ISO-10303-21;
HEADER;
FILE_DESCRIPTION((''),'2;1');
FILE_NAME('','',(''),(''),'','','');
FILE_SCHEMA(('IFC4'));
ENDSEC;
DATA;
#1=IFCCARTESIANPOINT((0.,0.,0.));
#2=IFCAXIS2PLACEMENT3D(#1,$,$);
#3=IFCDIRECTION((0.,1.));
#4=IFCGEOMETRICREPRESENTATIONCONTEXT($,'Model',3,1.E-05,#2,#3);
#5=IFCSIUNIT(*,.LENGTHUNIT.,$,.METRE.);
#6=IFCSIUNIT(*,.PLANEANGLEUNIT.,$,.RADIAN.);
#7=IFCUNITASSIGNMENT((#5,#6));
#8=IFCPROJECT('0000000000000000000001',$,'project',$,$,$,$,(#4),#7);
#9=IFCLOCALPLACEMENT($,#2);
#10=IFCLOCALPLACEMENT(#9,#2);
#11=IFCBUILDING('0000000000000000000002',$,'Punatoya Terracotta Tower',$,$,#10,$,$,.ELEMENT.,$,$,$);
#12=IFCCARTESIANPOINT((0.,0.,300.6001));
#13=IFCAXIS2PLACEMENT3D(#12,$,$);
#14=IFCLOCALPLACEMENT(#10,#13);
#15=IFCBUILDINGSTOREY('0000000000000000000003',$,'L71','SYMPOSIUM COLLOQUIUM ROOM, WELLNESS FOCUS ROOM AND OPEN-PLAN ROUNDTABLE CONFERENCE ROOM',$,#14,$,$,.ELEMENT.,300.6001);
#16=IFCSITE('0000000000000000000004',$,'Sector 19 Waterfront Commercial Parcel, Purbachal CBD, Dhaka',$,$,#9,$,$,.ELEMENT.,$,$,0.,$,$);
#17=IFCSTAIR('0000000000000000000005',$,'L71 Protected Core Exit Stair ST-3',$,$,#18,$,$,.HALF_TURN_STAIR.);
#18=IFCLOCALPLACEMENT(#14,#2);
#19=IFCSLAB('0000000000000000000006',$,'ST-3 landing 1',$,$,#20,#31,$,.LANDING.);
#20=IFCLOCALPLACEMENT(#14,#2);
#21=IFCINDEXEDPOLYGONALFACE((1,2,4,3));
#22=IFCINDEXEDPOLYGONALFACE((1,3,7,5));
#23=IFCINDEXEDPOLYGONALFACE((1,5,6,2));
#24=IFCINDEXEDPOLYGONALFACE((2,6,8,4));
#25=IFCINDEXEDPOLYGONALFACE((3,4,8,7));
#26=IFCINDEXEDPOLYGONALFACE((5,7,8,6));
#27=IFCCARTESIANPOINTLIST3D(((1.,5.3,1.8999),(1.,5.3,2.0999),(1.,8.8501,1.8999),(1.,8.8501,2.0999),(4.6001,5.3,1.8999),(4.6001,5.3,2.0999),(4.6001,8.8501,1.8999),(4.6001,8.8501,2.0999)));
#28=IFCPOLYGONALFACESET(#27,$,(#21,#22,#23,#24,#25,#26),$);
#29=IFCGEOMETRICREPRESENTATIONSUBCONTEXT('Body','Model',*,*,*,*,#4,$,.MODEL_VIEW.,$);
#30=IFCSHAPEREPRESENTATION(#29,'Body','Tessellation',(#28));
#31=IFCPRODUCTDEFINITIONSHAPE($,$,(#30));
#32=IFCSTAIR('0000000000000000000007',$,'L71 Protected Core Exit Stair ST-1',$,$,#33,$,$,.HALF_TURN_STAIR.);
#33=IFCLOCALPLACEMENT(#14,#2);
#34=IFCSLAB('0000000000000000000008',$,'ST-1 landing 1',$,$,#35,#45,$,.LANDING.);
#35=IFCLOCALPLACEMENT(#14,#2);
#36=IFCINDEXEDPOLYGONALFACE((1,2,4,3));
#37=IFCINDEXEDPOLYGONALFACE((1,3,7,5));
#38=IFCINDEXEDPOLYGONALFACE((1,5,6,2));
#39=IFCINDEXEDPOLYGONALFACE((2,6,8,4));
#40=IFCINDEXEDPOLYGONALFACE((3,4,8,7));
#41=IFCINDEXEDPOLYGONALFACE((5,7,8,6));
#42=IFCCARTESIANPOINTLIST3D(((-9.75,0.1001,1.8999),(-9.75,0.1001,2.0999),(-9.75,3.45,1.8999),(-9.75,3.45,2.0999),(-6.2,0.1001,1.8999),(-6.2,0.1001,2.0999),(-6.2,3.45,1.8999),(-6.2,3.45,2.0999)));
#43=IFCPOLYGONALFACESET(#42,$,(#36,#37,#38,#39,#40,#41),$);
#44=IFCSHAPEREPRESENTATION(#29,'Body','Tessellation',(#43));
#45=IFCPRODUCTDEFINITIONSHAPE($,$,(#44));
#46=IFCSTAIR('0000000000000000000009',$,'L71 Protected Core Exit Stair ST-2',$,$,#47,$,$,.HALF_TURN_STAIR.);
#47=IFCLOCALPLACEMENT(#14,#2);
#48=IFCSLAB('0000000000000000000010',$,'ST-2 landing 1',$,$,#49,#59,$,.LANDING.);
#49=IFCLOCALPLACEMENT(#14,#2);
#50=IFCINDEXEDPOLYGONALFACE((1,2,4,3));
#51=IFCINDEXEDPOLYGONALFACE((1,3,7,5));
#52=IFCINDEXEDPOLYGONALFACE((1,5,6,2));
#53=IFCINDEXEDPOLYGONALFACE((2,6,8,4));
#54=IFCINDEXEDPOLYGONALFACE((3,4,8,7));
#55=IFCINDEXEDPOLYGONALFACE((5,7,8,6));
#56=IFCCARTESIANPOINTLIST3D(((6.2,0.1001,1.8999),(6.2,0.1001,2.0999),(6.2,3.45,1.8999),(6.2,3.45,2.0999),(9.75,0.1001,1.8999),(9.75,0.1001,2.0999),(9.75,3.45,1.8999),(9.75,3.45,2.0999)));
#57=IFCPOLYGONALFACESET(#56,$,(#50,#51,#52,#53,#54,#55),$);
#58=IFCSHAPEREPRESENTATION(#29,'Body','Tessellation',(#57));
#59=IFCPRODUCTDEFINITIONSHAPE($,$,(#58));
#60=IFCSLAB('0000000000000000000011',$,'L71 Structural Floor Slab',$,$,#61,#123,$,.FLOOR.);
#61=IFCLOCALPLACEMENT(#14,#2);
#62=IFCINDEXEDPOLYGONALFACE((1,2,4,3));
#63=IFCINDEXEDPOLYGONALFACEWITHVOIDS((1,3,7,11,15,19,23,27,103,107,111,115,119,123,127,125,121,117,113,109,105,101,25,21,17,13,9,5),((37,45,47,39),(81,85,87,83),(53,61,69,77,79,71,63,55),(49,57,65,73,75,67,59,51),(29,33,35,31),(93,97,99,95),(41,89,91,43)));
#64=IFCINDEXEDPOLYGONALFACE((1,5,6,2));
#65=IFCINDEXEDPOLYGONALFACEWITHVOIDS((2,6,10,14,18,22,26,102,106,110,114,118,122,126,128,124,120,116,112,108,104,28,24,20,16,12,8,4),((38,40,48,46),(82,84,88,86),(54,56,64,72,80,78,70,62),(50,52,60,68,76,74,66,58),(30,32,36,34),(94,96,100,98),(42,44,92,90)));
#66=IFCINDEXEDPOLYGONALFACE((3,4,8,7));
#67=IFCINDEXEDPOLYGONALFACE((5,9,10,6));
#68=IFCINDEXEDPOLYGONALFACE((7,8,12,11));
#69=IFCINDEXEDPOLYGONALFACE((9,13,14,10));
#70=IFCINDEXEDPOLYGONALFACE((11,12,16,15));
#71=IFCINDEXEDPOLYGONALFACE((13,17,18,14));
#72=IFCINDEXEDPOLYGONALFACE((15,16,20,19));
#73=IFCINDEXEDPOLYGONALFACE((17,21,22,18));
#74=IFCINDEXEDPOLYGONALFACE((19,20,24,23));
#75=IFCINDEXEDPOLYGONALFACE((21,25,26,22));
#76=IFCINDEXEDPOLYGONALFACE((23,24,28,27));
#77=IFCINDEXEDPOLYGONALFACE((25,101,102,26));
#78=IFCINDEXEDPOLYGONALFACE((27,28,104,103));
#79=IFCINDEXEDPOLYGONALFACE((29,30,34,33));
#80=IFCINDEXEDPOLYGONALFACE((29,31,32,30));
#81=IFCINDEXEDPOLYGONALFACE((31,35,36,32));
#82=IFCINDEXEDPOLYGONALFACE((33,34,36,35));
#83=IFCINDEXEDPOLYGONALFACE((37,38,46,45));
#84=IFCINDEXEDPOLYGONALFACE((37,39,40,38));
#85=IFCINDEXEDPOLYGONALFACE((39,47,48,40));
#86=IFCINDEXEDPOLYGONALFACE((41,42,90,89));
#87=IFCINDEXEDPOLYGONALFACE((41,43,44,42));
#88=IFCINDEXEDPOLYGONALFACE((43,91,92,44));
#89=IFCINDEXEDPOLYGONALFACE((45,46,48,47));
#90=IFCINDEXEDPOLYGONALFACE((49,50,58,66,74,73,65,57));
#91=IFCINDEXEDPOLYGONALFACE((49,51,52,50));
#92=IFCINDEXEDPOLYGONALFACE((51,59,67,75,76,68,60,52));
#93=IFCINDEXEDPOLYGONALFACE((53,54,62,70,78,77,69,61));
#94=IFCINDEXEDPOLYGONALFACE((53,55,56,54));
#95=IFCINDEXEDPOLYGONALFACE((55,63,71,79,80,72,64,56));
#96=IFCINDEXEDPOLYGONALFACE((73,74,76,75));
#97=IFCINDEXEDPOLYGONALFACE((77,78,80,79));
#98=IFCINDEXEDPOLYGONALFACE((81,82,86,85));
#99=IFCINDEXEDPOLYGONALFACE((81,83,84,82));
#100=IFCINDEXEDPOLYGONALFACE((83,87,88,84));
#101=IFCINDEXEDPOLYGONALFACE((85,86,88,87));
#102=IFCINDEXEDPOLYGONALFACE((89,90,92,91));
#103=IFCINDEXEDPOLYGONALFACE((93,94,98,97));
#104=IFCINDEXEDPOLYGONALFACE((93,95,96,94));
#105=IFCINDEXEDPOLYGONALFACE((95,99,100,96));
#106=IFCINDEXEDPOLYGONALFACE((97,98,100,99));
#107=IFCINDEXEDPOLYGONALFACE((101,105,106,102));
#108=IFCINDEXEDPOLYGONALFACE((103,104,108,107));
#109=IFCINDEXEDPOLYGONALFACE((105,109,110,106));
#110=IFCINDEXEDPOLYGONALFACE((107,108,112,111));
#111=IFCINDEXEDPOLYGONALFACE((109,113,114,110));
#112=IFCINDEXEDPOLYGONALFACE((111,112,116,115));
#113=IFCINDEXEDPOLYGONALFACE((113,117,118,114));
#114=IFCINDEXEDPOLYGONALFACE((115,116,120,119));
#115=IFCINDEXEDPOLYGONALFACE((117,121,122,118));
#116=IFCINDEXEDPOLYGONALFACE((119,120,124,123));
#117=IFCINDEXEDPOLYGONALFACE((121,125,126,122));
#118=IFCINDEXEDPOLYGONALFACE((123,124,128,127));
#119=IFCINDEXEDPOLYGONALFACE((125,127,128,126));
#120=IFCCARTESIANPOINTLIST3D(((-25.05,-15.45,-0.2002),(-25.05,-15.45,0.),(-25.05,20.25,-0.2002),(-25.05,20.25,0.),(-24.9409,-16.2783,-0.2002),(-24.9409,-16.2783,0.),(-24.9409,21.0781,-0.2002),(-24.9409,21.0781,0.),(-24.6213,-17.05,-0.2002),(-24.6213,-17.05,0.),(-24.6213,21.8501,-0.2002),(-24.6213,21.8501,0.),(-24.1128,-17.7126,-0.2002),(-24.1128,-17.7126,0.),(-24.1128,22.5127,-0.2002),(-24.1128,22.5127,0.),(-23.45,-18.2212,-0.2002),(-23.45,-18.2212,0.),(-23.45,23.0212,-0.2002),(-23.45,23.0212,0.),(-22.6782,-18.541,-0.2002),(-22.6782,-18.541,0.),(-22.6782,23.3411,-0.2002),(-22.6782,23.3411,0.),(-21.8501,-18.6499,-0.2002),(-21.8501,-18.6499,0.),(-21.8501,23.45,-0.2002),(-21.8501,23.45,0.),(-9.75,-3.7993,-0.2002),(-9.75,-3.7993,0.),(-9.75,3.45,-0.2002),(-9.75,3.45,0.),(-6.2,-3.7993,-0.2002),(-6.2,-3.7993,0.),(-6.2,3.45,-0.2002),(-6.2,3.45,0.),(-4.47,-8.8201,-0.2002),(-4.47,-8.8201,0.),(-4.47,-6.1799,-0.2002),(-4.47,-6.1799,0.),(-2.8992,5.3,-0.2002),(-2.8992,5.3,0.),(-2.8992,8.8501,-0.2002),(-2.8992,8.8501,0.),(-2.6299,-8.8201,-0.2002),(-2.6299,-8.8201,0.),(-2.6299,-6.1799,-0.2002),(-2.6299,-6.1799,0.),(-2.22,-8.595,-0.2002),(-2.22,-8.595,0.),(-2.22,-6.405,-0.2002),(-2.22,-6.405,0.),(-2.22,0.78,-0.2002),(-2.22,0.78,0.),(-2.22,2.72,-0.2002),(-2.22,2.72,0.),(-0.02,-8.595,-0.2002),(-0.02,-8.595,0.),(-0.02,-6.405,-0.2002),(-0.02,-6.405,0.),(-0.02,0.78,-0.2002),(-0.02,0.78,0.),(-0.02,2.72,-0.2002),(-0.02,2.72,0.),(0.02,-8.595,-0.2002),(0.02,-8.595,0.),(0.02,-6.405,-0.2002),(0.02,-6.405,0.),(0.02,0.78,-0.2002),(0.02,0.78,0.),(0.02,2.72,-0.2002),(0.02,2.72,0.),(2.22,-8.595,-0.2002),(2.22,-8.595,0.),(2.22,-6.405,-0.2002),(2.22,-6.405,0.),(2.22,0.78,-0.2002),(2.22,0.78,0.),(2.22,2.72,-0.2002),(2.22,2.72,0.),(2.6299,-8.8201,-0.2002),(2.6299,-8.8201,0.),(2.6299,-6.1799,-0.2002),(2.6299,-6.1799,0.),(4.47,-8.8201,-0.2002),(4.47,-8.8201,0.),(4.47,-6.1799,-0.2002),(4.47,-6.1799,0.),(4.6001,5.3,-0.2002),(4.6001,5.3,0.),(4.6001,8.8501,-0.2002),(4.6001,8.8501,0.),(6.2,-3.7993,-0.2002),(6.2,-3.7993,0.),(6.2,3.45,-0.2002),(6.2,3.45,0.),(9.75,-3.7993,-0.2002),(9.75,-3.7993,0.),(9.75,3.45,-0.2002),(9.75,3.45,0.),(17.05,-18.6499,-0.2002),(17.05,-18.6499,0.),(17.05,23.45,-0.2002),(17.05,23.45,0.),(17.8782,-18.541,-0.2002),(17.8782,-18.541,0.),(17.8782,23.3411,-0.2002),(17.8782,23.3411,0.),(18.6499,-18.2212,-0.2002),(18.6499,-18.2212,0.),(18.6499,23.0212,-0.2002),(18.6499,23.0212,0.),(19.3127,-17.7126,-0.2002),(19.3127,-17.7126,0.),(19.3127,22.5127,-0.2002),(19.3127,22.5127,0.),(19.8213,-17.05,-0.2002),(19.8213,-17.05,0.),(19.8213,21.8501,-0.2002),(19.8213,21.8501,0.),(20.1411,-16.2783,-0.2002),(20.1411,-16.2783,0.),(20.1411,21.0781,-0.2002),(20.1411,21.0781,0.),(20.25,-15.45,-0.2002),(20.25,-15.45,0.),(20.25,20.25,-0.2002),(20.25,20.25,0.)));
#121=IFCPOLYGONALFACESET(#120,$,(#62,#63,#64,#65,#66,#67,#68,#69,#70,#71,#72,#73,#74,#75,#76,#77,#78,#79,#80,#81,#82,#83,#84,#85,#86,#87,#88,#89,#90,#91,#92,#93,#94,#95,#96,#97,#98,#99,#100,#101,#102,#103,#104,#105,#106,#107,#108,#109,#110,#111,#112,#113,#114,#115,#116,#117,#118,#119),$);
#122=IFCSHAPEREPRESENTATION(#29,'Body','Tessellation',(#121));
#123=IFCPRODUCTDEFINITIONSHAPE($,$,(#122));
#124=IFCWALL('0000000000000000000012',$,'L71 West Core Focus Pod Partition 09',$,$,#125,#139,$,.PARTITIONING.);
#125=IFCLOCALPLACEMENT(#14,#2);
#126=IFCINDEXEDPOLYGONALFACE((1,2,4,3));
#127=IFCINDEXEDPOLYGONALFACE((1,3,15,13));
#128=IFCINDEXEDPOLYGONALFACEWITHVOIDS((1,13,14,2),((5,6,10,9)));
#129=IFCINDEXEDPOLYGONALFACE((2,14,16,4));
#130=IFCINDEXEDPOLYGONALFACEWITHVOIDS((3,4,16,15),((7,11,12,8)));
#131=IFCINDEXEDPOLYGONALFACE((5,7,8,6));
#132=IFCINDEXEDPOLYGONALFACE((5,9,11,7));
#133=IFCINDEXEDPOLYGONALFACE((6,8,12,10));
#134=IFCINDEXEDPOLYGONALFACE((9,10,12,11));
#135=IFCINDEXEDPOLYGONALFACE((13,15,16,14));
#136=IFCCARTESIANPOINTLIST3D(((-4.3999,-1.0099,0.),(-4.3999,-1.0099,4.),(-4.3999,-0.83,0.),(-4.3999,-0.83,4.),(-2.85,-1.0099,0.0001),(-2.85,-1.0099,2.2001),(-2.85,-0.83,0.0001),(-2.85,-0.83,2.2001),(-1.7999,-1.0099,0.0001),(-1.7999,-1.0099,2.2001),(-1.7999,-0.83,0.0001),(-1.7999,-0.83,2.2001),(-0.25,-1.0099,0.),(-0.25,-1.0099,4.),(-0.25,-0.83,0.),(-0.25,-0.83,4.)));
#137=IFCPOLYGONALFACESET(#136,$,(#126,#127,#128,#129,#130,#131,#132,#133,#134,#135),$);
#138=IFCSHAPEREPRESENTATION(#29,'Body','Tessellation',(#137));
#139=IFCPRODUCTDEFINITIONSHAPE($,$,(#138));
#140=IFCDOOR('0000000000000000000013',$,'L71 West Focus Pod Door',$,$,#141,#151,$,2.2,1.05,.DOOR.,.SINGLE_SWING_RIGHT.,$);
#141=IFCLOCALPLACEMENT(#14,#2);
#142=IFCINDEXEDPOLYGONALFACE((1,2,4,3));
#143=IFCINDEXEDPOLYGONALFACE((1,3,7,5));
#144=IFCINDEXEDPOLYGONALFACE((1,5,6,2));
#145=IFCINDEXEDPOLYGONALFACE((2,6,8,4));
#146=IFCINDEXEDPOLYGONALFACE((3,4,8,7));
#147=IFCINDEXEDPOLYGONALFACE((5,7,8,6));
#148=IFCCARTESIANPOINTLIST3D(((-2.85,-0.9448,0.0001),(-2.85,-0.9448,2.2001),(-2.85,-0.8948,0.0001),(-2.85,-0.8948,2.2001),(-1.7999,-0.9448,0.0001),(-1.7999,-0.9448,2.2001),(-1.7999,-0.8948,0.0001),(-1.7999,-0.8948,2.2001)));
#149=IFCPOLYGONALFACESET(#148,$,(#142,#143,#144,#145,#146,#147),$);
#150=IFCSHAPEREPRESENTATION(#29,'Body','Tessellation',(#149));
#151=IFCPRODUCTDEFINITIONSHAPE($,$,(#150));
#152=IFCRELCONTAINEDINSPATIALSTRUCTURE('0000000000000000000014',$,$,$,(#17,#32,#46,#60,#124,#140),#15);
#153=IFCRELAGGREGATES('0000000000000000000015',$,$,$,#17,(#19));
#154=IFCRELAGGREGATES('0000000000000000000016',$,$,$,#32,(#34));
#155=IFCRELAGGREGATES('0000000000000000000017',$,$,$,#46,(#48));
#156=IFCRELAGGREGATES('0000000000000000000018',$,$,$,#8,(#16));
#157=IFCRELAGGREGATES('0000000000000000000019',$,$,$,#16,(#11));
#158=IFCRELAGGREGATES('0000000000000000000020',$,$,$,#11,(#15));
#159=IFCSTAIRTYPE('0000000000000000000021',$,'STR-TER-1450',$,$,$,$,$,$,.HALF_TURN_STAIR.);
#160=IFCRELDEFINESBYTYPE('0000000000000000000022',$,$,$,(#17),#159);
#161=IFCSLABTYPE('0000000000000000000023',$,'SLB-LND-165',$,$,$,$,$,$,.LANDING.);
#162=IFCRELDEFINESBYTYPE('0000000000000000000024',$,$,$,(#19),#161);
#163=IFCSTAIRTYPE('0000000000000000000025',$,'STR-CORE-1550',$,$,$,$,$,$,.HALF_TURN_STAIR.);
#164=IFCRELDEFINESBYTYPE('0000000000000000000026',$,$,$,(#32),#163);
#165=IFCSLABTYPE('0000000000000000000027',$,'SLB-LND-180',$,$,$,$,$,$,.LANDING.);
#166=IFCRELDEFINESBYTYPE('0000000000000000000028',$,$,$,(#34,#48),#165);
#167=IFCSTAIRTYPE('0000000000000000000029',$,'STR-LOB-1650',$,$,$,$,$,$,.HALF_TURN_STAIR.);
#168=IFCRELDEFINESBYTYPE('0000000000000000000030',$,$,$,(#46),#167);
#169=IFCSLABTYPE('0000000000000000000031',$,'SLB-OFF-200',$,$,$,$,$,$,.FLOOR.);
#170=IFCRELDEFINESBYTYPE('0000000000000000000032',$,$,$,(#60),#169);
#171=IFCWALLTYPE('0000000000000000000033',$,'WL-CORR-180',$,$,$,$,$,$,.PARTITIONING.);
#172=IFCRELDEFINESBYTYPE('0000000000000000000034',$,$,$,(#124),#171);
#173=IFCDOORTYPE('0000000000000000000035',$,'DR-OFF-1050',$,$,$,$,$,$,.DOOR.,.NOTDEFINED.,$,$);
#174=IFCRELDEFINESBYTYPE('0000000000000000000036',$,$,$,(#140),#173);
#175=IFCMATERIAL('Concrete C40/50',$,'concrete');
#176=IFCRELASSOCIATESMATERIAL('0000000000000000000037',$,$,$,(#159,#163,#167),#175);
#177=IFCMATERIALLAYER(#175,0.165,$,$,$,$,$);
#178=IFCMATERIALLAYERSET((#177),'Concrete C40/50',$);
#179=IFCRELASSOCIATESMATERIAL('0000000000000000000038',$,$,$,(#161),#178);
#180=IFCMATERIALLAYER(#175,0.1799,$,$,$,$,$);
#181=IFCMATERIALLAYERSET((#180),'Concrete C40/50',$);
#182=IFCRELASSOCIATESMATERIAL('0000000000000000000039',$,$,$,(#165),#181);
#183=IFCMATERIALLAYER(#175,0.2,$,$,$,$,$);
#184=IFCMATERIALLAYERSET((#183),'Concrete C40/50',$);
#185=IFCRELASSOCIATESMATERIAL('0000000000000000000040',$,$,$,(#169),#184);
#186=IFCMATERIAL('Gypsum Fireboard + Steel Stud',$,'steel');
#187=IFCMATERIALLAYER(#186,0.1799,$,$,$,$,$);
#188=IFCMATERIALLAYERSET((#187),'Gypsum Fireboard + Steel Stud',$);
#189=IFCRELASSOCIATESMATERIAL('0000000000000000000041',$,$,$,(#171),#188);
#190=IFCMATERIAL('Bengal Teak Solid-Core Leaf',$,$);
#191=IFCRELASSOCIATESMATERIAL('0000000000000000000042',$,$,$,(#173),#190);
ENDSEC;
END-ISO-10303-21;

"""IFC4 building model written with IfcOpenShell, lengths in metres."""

from ifc_helpers import new_model, si_unit, direction, frame, frame_2d, origin, place, context, subcontext, project, spatial, polyline, rectangle, outline, extrude, material, layer, layer_set, type_object, element, fill, aggregate, save


model = new_model("IFC4")

# Units and contexts
model_context = context("Model", 3, precision=1e-05, world=origin(), true_north=direction((0.0, 1.0)))
body_context = subcontext(model_context, "Body", "Model", "MODEL_VIEW")
ifc_project = project(units=[si_unit("LENGTHUNIT", "METRE"), si_unit("PLANEANGLEUNIT", "RADIAN")], contexts=[model_context])

# Site, building, storey
site_placement = place(None, origin())
site = spatial("IfcSite", under=ifc_project, at=site_placement, Name="Sector 19 Waterfront Commercial Parcel, Purbachal CBD, Dhaka", CompositionType="ELEMENT", RefElevation=0.0)
building_placement = place(site_placement, origin())
building = spatial("IfcBuilding", under=site, at=building_placement, Name="Punatoya Terracotta Tower", CompositionType="ELEMENT")
storey_placement = place(building_placement, frame((0.0, 0.0, 300.6001)))
storey = spatial("IfcBuildingStorey", under=building, at=storey_placement, Name="L71", Description="SYMPOSIUM COLLOQUIUM ROOM, WELLNESS FOCUS ROOM AND OPEN-PLAN ROUNDTABLE CONFERENCE ROOM", CompositionType="ELEMENT", Elevation=300.6001)

# Stairs, slabs
ifc_material_1 = material(Name="Concrete C40/50", Category="concrete")
stair_type_1 = type_object("IfcStairType", Name="STR-TER-1450", PredefinedType="HALF_TURN_STAIR", material=ifc_material_1)
stair_1_placement = place(storey_placement, origin())
stair_1 = element("IfcStair", 1, at=stair_1_placement, inside=storey, type_object=stair_type_1, Name="L71 Protected Core Exit Stair ST-3", PredefinedType="HALF_TURN_STAIR")
ifc_layer_1 = layer(ifc_material_1, 0.165)
ifc_layer_set_1 = layer_set([ifc_layer_1], Name="Concrete C40/50")
slab_type_1 = type_object("IfcSlabType", Name="SLB-LND-165", PredefinedType="LANDING", material=ifc_layer_set_1)
slab_1_placement = place(storey_placement, frame((0.0, 0.0, 1.8999)))
slab_1 = element("IfcSlab", 2, at=slab_1_placement, type_object=slab_type_1, Name="ST-3 landing 1", PredefinedType="LANDING", context=body_context, shape_type="SweptSolid", body=[
    extrude(outline(polyline([(1.0, 5.3), (4.6001, 5.3), (4.6001, 8.8501), (1.0, 8.8501), (1.0, 5.3)])), origin(), (0.0, 0.0, 1.0), 0.2),
])
aggregate(stair_1, [slab_1])
stair_type_2 = type_object("IfcStairType", Name="STR-CORE-1550", PredefinedType="HALF_TURN_STAIR", material=ifc_material_1)
stair_2_placement = place(storey_placement, origin())
stair_2 = element("IfcStair", 3, at=stair_2_placement, inside=storey, type_object=stair_type_2, Name="L71 Protected Core Exit Stair ST-1", PredefinedType="HALF_TURN_STAIR")
ifc_layer_2 = layer(ifc_material_1, 0.1799)
ifc_layer_set_2 = layer_set([ifc_layer_2], Name="Concrete C40/50")
slab_type_2 = type_object("IfcSlabType", Name="SLB-LND-180", PredefinedType="LANDING", material=ifc_layer_set_2)
slab_2_placement = place(storey_placement, frame((0.0, 0.0, 1.8999)))
slab_2 = element("IfcSlab", 4, at=slab_2_placement, type_object=slab_type_2, Name="ST-1 landing 1", PredefinedType="LANDING", context=body_context, shape_type="SweptSolid", body=[
    extrude(outline(polyline([(-6.2, 0.1001), (-6.2, 3.45), (-9.75, 3.45), (-9.75, 0.1001), (-6.2, 0.1001)])), origin(), (0.0, 0.0, 1.0), 0.2),
])
aggregate(stair_2, [slab_2])
stair_type_3 = type_object("IfcStairType", Name="STR-LOB-1650", PredefinedType="HALF_TURN_STAIR", material=ifc_material_1)
stair_3_placement = place(storey_placement, origin())
stair_3 = element("IfcStair", 5, at=stair_3_placement, inside=storey, type_object=stair_type_3, Name="L71 Protected Core Exit Stair ST-2", PredefinedType="HALF_TURN_STAIR")
slab_3_placement = place(storey_placement, frame((0.0, 0.0, 1.8999)))
slab_3 = element("IfcSlab", 6, at=slab_3_placement, type_object=slab_type_2, Name="ST-2 landing 1", PredefinedType="LANDING", context=body_context, shape_type="SweptSolid", body=[
    extrude(outline(polyline([(9.75, 0.1001), (9.75, 3.45), (6.2, 3.45), (6.2, 0.1001), (9.75, 0.1001)])), origin(), (0.0, 0.0, 1.0), 0.2),
])
aggregate(stair_3, [slab_3])

# Slab
ifc_layer_3 = layer(ifc_material_1, 0.2)
ifc_layer_set_3 = layer_set([ifc_layer_3], Name="Concrete C40/50")
slab_type_3 = type_object("IfcSlabType", Name="SLB-OFF-200", PredefinedType="FLOOR", material=ifc_layer_set_3)
slab_4_placement = place(storey_placement, frame((0.0, 0.0, -0.2002)))
element("IfcSlab", 7, at=slab_4_placement, inside=storey, type_object=slab_type_3, Name="L71 Structural Floor Slab", PredefinedType="FLOOR", context=body_context, shape_type="SweptSolid", body=[
    extrude(outline(polyline([(-21.8501, -18.6499), (-22.6782, -18.541), (-23.45, -18.2212), (-24.1128, -17.7126), (-24.6213, -17.05), (-24.9409, -16.2783), (-25.05, -15.45), (-25.05, 20.25), (-24.9409, 21.0781), (-24.6213, 21.8501), (-24.1128, 22.5127), (-23.45, 23.0212), (-22.6782, 23.3411), (-21.8501, 23.45), (17.05, 23.45), (17.8782, 23.3411), (18.6499, 23.0212), (19.3127, 22.5127), (19.8213, 21.8501), (20.1411, 21.0781), (20.25, 20.25), (20.25, -15.45), (20.1411, -16.2783), (19.8213, -17.05), (19.3127, -17.7126), (18.6499, -18.2212), (17.8782, -18.541), (17.05, -18.6499), (-21.8501, -18.6499)]), holes=[polyline([(-2.6299, -6.1799), (-4.47, -6.1799), (-4.47, -8.8201), (-2.6299, -8.8201), (-2.6299, -6.1799)]), polyline([(-0.02, -6.405), (-2.22, -6.405), (-2.22, -8.595), (-0.02, -8.595), (0.02, -8.595), (2.22, -8.595), (2.22, -6.405), (0.02, -6.405), (-0.02, -6.405)]), polyline([(4.47, -6.1799), (2.6299, -6.1799), (2.6299, -8.8201), (4.47, -8.8201), (4.47, -6.1799)]), polyline([(-9.75, 3.45), (-9.75, -3.7993), (-6.2, -3.7993), (-6.2, 3.45), (-9.75, 3.45)]), polyline([(6.2, 3.45), (6.2, -3.7993), (9.75, -3.7993), (9.75, 3.45), (6.2, 3.45)]), polyline([(-2.22, 2.72), (-2.22, 0.78), (-0.02, 0.78), (0.02, 0.78), (2.22, 0.78), (2.22, 2.72), (0.02, 2.72), (-0.02, 2.72), (-2.22, 2.72)]), polyline([(4.6001, 5.3), (4.6001, 8.8501), (-2.8992, 8.8501), (-2.8992, 5.3), (4.6001, 5.3)])]), origin(), (0.0, 0.0, 1.0), 0.2002),
])

# Wall, opening, door
ifc_material_2 = material(Name="Gypsum Fireboard + Steel Stud", Category="steel")
ifc_layer_4 = layer(ifc_material_2, 0.1799)
ifc_layer_set_4 = layer_set([ifc_layer_4], Name="Gypsum Fireboard + Steel Stud")
wall_type_1 = type_object("IfcWallType", Name="WL-CORR-180", PredefinedType="PARTITIONING", material=ifc_layer_set_4)
wall_1_placement = place(storey_placement, frame((-0.25, -0.9199, 0.0), z_axis=(0.0, 0.0, 1.0), x_axis=(-1.0, 0.0, 0.0)))
wall_1 = element("IfcWall", 8, at=wall_1_placement, inside=storey, type_object=wall_type_1, Name="L71 West Core Focus Pod Partition 09", PredefinedType="PARTITIONING", context=body_context, shape_type="SweptSolid", body=[
    extrude(rectangle(XDim=4.1499, YDim=0.1799, at=frame_2d((2.075, 0.0))), origin(), (0.0, 0.0, 1.0), 4.0),
])
opening_1_placement = place(wall_1_placement, frame((1.55, 0.0, 0.0)))
opening_1 = element("IfcOpeningElement", 9, at=opening_1_placement, cuts=wall_1, PredefinedType="OPENING", context=body_context, shape_type="SweptSolid", body=[
    extrude(rectangle(XDim=1.05, YDim=2.2, at=frame_2d((0.5249, 1.1001))), frame((0.0, 0.0999, 0.0), z_axis=(0.0, -1.0, 0.0), x_axis=(1.0, 0.0, 0.0)), (0.0, 0.0, 1.0), 0.2),
])
ifc_material_3 = material(Name="Bengal Teak Solid-Core Leaf")
door_type_1 = type_object("IfcDoorType", Name="DR-OFF-1050", OperationType="NOTDEFINED", PredefinedType="DOOR", material=ifc_material_3)
door_1_placement = place(opening_1_placement, origin())
door_1 = element("IfcDoor", 10, at=door_1_placement, inside=storey, type_object=door_type_1, Name="L71 West Focus Pod Door", OperationType="SINGLE_SWING_RIGHT", OverallHeight=2.2, OverallWidth=1.05, PredefinedType="DOOR", context=body_context, shape_type="SweptSolid", body=[
    extrude(rectangle(XDim=1.05, YDim=2.2, at=frame_2d((0.5249, 1.1001))), frame((0.0, 0.0249, 0.0), z_axis=(0.0, -1.0, 0.0), x_axis=(1.0, 0.0, 0.0)), (0.0, 0.0, 1.0), 0.05),
])
fill(opening_1, door_1)

save(model, "model.ifc")
